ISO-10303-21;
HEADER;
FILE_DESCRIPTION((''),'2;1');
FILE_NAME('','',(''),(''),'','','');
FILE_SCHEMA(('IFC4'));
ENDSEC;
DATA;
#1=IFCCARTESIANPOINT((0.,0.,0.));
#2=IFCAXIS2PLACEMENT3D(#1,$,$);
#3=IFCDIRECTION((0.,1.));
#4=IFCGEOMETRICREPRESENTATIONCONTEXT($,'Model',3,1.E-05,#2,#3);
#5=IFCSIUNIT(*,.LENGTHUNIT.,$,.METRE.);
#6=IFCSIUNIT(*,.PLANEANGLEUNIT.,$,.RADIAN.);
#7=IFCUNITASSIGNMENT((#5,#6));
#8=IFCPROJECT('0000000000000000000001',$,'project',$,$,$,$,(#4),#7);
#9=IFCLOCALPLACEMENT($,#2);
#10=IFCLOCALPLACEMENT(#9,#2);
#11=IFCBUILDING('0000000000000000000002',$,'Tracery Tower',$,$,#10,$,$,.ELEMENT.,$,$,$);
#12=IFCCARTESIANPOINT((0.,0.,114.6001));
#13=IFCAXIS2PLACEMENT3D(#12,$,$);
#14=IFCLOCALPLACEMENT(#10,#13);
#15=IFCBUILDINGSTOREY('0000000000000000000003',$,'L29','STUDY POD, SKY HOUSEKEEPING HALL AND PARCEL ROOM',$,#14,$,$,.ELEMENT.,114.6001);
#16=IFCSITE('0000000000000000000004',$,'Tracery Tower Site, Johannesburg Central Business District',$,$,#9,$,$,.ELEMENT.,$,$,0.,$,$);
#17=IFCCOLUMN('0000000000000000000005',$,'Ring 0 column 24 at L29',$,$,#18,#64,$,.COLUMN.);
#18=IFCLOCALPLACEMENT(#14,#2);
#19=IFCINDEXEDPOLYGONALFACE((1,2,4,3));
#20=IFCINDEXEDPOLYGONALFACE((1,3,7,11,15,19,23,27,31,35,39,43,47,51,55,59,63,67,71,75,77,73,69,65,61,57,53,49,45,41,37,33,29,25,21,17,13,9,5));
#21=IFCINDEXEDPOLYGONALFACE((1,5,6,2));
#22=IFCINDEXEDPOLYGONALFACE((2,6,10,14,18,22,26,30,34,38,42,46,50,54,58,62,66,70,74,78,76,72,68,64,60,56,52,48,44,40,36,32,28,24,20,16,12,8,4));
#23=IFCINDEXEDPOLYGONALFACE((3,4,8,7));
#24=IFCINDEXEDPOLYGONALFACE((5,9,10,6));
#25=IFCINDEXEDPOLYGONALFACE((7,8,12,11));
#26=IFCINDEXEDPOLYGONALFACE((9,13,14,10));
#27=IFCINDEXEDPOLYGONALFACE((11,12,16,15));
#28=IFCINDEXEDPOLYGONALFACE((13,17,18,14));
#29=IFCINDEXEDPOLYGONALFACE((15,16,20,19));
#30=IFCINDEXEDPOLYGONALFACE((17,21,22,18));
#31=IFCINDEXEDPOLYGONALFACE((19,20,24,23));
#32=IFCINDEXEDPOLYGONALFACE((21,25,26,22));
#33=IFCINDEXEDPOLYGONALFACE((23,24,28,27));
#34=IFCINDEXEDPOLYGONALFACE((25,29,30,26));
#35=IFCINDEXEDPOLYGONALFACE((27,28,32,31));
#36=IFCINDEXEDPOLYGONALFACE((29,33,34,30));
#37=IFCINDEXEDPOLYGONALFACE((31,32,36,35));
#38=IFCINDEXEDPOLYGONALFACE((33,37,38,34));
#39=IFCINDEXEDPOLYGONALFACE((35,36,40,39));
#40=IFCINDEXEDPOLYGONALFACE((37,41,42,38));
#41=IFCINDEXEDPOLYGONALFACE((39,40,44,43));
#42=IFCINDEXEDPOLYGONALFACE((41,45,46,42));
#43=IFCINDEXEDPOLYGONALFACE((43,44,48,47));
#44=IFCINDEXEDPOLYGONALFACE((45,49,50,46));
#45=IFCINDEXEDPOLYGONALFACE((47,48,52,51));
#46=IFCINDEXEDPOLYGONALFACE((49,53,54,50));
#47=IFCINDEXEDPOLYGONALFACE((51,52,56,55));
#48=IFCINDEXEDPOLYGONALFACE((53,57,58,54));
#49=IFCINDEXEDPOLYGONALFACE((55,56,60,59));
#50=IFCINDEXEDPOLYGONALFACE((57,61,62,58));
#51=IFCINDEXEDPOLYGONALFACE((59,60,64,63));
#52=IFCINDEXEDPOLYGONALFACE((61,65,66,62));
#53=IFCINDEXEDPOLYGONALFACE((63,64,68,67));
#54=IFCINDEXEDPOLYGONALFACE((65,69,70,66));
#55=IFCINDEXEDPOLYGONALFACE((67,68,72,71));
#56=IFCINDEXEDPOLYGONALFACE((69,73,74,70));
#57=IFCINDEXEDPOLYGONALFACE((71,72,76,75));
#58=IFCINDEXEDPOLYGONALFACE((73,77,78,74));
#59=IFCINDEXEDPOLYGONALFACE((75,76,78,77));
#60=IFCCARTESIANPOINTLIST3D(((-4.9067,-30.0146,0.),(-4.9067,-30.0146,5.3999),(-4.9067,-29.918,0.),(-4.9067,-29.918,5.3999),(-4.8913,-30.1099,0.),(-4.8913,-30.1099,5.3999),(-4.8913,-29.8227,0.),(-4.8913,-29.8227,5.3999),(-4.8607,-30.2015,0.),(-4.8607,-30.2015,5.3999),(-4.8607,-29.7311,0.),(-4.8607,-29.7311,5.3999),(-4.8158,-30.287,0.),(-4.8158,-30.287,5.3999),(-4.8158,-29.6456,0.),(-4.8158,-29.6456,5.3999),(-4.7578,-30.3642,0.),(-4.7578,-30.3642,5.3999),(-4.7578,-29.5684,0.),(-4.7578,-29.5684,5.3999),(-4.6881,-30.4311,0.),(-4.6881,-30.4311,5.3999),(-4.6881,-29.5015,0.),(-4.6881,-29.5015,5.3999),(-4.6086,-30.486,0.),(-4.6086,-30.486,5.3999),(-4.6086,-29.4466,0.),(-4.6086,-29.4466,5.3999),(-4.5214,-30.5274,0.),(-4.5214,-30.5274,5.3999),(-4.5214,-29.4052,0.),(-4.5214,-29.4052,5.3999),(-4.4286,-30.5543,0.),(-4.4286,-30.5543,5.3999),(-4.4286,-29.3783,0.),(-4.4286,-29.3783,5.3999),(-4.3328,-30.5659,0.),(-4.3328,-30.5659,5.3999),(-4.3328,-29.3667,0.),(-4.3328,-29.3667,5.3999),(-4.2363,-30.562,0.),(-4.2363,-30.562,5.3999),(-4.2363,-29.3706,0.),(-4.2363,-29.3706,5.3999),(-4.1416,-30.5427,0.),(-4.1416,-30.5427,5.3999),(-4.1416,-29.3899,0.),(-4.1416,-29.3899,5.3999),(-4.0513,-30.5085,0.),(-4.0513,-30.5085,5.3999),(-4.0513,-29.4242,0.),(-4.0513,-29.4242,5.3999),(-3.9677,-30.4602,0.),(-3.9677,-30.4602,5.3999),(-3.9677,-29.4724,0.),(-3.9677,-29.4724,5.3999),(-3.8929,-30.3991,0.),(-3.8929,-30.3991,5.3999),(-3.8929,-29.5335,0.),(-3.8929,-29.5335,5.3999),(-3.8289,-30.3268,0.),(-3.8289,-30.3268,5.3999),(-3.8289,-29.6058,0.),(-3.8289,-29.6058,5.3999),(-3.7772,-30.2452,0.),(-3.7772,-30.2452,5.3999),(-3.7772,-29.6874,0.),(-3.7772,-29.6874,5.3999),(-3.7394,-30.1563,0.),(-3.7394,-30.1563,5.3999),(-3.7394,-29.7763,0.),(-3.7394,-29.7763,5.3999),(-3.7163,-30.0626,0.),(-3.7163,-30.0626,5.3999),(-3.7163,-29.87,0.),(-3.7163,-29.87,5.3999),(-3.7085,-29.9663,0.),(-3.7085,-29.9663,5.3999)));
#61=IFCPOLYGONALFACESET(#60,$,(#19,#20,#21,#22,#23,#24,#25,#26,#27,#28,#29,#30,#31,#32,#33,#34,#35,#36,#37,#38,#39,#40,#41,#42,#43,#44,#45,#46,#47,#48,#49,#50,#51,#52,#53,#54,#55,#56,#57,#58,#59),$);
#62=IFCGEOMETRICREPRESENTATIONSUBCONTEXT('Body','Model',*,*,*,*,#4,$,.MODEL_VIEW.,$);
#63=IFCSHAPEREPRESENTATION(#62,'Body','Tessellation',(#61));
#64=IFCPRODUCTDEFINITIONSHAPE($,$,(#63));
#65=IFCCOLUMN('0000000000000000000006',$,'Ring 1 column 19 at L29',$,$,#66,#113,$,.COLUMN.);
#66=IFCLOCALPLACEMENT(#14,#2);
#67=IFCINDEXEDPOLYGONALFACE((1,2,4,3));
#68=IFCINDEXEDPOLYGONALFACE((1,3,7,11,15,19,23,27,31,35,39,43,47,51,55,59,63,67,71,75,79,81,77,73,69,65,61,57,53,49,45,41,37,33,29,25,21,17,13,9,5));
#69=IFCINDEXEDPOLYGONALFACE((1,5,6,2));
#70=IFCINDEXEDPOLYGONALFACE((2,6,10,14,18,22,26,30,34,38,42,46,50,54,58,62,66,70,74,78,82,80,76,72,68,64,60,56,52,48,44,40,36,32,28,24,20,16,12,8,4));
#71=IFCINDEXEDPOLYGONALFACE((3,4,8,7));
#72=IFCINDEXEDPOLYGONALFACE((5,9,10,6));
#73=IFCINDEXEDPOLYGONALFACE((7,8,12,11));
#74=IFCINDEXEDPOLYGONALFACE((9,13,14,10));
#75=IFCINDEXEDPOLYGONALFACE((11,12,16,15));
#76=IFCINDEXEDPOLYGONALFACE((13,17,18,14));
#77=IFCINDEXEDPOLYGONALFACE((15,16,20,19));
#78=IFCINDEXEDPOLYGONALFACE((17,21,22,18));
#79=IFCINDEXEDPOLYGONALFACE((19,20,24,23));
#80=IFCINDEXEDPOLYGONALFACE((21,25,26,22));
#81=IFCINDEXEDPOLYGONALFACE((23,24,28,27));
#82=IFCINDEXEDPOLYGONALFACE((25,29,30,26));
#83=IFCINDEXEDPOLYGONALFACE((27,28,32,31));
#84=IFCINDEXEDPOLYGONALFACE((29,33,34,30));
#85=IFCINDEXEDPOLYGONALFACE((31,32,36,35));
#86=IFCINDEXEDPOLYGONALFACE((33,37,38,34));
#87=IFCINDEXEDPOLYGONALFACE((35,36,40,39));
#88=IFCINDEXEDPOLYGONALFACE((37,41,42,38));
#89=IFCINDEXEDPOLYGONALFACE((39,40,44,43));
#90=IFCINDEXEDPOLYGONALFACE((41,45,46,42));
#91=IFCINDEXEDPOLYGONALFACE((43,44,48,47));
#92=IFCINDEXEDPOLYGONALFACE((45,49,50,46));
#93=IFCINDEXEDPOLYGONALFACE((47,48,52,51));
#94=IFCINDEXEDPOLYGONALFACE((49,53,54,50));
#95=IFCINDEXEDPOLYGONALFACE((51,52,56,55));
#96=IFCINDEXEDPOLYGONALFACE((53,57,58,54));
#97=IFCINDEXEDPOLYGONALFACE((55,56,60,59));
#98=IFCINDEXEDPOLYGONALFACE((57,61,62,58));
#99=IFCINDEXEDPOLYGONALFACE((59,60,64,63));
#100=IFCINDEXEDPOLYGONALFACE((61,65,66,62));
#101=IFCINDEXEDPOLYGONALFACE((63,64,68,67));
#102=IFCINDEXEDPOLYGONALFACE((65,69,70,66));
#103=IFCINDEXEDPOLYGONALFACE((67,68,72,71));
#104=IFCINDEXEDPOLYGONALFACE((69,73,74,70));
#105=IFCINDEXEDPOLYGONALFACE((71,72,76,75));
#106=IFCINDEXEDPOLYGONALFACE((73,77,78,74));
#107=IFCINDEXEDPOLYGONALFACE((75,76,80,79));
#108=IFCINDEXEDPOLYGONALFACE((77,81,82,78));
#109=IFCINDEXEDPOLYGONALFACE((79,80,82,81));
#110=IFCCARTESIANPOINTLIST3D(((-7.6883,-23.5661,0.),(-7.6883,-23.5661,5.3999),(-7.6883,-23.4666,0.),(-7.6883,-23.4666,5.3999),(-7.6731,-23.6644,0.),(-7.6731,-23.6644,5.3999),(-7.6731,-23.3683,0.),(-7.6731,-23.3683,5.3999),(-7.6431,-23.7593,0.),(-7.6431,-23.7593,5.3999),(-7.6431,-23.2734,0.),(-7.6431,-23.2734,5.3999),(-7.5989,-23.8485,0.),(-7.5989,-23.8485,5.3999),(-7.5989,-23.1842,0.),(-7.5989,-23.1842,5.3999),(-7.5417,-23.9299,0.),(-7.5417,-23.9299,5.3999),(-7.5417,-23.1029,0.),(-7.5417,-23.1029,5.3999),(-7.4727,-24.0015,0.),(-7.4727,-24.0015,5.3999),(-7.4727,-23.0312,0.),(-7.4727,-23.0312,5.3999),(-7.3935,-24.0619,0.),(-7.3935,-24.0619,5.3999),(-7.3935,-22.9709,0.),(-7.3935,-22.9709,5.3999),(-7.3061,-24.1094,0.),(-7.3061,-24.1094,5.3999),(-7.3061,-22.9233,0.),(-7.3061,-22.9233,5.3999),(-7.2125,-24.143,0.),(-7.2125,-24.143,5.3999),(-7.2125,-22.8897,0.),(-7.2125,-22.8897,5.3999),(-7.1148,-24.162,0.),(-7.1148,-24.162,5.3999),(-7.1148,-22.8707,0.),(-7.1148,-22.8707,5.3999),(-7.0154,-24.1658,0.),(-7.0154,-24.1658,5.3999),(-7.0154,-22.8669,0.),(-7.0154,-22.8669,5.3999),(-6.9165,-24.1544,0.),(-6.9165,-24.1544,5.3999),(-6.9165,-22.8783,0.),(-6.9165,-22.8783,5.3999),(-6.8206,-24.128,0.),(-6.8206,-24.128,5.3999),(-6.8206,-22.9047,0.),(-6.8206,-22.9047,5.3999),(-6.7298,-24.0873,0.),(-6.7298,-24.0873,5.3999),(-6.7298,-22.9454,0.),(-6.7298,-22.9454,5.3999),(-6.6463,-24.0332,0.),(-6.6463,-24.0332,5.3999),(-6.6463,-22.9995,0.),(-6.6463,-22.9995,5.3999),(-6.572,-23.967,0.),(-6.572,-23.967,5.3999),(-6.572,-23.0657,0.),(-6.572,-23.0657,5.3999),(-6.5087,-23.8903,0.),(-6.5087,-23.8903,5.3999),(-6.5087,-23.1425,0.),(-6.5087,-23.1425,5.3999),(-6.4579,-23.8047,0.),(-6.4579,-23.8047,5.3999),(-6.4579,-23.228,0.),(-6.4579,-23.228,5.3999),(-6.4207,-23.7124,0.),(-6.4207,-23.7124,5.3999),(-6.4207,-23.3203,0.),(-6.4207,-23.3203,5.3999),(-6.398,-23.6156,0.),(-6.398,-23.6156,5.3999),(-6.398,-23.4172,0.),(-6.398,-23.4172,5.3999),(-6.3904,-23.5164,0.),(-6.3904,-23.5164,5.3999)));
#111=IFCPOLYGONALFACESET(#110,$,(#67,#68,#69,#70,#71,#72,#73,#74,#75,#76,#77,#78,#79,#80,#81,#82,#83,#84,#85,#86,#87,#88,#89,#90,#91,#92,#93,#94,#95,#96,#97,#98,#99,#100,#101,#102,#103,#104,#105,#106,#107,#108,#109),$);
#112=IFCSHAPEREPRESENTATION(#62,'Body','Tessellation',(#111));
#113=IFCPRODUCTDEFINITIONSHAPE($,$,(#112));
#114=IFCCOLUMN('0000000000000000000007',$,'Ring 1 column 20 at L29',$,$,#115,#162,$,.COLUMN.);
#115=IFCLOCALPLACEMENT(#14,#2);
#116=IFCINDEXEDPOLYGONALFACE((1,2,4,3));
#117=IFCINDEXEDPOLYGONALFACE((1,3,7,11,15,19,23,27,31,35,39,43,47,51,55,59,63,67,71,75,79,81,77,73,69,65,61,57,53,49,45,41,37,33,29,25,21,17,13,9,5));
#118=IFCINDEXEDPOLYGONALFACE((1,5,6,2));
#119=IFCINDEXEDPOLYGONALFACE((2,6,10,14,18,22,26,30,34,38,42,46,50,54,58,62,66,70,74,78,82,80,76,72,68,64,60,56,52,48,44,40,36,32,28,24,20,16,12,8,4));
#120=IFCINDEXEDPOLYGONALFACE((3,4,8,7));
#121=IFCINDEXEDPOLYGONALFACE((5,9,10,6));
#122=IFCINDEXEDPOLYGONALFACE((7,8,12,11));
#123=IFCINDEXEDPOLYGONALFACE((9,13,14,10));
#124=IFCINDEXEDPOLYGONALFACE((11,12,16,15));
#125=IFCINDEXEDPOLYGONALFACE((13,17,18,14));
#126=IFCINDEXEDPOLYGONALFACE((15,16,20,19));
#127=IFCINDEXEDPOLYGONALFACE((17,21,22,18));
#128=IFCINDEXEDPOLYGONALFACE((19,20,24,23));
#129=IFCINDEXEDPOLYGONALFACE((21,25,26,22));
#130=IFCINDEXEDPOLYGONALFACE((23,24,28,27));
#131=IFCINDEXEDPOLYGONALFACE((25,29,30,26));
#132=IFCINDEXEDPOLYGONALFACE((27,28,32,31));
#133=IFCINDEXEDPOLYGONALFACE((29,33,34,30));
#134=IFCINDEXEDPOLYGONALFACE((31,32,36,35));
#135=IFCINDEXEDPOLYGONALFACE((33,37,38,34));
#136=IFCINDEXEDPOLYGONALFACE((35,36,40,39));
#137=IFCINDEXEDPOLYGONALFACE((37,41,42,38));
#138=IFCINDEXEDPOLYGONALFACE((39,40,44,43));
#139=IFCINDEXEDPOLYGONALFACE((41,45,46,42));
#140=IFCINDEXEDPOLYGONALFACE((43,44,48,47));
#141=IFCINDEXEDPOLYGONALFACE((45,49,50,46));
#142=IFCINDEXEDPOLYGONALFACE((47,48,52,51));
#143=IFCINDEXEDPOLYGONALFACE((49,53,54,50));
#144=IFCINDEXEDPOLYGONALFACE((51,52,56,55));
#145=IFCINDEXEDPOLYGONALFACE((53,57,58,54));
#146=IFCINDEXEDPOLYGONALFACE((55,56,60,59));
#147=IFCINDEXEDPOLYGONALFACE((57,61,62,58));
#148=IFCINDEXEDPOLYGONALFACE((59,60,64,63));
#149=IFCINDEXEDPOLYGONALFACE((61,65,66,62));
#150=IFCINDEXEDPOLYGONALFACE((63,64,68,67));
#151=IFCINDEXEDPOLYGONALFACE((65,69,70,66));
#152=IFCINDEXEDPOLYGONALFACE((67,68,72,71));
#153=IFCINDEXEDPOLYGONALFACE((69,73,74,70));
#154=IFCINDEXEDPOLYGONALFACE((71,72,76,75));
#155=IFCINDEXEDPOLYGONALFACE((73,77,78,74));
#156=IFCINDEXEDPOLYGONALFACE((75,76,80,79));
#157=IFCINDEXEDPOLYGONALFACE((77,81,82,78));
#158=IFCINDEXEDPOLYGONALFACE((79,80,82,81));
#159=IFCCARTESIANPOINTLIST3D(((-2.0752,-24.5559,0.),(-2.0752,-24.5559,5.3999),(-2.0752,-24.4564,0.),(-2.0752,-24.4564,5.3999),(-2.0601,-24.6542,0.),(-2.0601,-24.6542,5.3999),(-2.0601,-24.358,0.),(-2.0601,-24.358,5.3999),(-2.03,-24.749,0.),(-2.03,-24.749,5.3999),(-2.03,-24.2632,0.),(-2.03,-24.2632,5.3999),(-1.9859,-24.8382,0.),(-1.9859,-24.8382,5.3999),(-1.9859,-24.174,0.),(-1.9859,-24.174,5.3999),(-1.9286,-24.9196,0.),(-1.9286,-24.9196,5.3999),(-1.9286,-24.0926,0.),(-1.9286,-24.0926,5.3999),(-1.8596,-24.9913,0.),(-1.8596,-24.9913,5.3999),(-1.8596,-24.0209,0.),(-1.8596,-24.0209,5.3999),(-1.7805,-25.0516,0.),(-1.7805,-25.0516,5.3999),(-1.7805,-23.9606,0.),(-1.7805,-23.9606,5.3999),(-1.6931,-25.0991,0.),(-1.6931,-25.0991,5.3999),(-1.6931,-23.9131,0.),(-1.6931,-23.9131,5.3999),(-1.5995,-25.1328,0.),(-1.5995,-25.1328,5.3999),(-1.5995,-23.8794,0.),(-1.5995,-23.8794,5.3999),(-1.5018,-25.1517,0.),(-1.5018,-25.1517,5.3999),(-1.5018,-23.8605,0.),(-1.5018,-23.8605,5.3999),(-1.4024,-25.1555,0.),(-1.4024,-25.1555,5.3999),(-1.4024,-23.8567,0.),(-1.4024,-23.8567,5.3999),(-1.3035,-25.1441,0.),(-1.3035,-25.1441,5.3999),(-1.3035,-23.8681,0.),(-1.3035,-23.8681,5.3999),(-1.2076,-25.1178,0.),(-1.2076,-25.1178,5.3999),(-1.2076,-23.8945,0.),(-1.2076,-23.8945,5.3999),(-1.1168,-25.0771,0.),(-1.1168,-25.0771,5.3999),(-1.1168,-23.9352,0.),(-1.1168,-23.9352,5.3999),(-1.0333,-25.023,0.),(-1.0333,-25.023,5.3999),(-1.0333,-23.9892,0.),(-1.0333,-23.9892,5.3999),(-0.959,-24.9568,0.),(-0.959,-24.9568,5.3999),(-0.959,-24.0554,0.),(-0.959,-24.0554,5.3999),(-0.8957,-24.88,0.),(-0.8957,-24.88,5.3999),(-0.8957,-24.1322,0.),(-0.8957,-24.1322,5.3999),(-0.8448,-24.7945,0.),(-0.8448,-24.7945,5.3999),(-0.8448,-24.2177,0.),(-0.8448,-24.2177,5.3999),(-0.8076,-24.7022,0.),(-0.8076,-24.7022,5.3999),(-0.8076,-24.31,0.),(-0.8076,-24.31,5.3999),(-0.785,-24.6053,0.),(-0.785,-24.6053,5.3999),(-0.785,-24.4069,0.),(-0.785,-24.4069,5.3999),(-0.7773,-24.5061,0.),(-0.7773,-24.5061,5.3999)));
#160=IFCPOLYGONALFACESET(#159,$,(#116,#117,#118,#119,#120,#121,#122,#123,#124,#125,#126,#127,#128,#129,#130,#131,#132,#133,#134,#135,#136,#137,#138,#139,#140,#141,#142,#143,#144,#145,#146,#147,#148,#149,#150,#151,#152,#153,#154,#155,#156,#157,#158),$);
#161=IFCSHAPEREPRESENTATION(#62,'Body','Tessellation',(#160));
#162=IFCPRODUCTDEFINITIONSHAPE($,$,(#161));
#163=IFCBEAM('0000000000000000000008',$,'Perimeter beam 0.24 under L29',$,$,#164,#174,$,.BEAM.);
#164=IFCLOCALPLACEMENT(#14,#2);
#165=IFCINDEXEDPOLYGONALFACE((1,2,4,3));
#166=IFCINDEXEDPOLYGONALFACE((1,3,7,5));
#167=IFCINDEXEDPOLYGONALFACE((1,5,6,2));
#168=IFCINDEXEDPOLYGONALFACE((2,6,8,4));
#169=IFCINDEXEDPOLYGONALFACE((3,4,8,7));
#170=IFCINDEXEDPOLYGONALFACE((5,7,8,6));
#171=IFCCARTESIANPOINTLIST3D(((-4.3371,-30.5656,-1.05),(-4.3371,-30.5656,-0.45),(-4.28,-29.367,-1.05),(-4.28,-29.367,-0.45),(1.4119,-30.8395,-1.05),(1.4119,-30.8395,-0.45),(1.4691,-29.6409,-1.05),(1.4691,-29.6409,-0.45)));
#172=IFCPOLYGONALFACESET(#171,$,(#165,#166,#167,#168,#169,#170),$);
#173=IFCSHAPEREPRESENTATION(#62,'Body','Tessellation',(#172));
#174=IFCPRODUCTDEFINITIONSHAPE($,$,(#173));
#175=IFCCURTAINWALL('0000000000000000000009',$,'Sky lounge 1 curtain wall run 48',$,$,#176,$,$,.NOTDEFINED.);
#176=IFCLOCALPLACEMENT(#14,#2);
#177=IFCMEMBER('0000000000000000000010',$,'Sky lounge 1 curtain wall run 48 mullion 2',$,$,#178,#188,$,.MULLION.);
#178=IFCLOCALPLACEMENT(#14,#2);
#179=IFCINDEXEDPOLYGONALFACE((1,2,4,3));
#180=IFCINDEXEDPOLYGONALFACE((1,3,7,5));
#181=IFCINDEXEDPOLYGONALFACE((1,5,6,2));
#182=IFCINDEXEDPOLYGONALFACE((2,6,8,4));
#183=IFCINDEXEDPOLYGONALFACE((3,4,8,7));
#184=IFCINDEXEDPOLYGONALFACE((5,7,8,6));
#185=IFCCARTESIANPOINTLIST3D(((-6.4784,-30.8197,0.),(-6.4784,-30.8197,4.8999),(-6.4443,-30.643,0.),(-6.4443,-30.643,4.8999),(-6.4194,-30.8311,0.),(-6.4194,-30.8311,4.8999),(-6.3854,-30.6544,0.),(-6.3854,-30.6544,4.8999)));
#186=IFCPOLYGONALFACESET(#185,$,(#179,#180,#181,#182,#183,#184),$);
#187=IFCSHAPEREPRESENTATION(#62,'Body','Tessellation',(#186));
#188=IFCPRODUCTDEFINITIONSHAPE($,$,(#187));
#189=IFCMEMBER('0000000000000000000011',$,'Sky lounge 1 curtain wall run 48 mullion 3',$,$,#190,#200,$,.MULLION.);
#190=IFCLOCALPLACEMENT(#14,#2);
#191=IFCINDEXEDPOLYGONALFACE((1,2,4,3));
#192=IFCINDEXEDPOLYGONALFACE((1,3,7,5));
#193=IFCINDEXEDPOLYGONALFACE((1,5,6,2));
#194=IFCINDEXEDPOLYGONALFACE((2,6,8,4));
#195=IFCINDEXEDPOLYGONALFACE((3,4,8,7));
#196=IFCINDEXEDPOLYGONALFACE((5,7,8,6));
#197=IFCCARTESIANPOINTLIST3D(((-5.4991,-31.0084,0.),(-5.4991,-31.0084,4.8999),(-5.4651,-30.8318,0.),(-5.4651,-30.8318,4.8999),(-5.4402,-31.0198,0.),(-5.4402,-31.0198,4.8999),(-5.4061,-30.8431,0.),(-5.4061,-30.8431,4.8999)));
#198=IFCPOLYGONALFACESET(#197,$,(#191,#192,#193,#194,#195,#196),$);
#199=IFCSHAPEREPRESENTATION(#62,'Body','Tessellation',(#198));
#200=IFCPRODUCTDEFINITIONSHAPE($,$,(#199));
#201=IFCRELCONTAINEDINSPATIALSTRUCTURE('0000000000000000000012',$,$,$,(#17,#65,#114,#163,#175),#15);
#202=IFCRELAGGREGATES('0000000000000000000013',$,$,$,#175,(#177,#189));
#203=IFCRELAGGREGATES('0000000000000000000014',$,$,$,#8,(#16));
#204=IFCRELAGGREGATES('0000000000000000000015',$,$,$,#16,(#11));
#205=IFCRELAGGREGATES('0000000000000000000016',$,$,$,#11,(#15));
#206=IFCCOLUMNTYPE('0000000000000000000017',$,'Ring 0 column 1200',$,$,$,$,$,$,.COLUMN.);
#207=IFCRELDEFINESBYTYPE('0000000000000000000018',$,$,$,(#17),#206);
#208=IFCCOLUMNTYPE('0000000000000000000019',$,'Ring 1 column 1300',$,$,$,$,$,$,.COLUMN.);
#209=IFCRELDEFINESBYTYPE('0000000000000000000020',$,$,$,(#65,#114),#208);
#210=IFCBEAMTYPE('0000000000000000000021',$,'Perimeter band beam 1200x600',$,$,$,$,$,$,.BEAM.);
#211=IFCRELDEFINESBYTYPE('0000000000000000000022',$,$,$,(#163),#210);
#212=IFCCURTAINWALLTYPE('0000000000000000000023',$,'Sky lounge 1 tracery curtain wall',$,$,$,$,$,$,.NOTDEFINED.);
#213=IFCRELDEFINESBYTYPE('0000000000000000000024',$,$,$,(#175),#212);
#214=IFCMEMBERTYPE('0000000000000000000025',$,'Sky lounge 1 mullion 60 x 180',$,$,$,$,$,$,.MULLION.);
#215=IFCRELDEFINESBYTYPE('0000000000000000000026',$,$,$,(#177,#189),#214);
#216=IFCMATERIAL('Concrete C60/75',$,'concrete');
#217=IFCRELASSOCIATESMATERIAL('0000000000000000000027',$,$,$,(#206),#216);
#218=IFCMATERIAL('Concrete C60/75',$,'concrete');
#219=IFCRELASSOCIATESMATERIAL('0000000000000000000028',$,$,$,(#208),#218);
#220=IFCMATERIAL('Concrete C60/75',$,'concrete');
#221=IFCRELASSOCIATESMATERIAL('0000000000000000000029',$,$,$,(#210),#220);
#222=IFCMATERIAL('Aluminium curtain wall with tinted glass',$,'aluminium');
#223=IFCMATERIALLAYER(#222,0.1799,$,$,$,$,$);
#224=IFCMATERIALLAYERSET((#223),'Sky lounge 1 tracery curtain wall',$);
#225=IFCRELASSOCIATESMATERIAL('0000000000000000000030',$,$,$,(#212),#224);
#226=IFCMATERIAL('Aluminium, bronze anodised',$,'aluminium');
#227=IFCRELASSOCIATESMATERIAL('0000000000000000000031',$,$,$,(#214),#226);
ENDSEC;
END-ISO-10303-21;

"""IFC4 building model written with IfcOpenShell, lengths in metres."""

from ifc_helpers import new_model, si_unit, direction, frame, origin, origin_2d, place, context, subcontext, project, spatial, rectangle, circle, extrude, material, layer, layer_set, material_profile, profile_set, type_object, element, aggregate, save


model = new_model("IFC4")

# Units and contexts
model_context = context("Model", 3, precision=1e-05, world=origin(), true_north=direction((0.0, 1.0)))
body_context = subcontext(model_context, "Body", "Model", "MODEL_VIEW")
ifc_project = project(units=[si_unit("LENGTHUNIT", "METRE"), si_unit("PLANEANGLEUNIT", "RADIAN")], contexts=[model_context])

# Site, building, storey
site_placement = place(None, origin())
site = spatial("IfcSite", under=ifc_project, at=site_placement, Name="Tracery Tower Site, Johannesburg Central Business District", CompositionType="ELEMENT", RefElevation=0.0)
building_placement = place(site_placement, origin())
building = spatial("IfcBuilding", under=site, at=building_placement, Name="Tracery Tower", CompositionType="ELEMENT")
storey_placement = place(building_placement, frame((0.0, 0.0, 114.6001)))
storey = spatial("IfcBuildingStorey", under=building, at=storey_placement, Name="L29", Description="STUDY POD, SKY HOUSEKEEPING HALL AND PARCEL ROOM", CompositionType="ELEMENT", Elevation=114.6001)

# Columns
ifc_material_1 = material(Name="Concrete C60/75", Category="concrete")
ifc_material_profile_1 = material_profile(ifc_material_1, circle(Radius=0.6001, at=origin_2d()), Name="RC D1200")
ifc_profile_set_1 = profile_set([ifc_material_profile_1], Name="Concrete C60/75")
column_type_1 = type_object("IfcColumnType", Name="Ring 0 column 1200", PredefinedType="COLUMN", material=ifc_profile_set_1)
column_placement = place(storey_placement, frame((-4.3086, -29.9663, 0.0), z_axis=(0.0, 0.0, 1.0), x_axis=(1.0, 0.0, 0.0)))
element("IfcColumn", 1, at=column_placement, inside=storey, type_object=column_type_1, Name="Ring 0 column 24 at L29", PredefinedType="COLUMN", context=body_context, shape_type="SweptSolid", body=[
    extrude(circle(Radius=0.6001, at=origin_2d()), origin(), (0.0, 0.0, 1.0), 5.3999),
])
ifc_material_2 = material(Name="Concrete C60/75", Category="concrete")
ifc_material_profile_2 = material_profile(ifc_material_2, circle(Radius=0.6499, at=origin_2d()), Name="RC D1300")
ifc_profile_set_2 = profile_set([ifc_material_profile_2], Name="Concrete C60/75")
column_type_2 = type_object("IfcColumnType", Name="Ring 1 column 1300", PredefinedType="COLUMN", material=ifc_profile_set_2)
for number, where, z_axis, x_axis, name in (
    (2, (-7.0403, -23.5164, 0.0), (0.0, 0.0, 1.0), (1.0, 0.0, 0.0), "Ring 1 column 19 at L29"),
    (3, (-1.4272, -24.5061, 0.0), (0.0, 0.0, 1.0), (1.0, 0.0, 0.0), "Ring 1 column 20 at L29"),
):
    element("IfcColumn", number, at=place(storey_placement, frame(where, z_axis=z_axis, x_axis=x_axis)), inside=storey, type_object=column_type_2, Name=name, PredefinedType="COLUMN", context=body_context, shape_type="SweptSolid", body=[
        extrude(circle(Radius=0.6499, at=origin_2d()), origin(), (0.0, 0.0, 1.0), 5.3999),
    ])

# Beam
ifc_material_3 = material(Name="Concrete C60/75", Category="concrete")
ifc_material_profile_3 = material_profile(ifc_material_3, rectangle(XDim=1.2, YDim=0.6001, at=origin_2d()), Name="RC 1200x600")
ifc_profile_set_3 = profile_set([ifc_material_profile_3], Name="Concrete C60/75")
beam_type = type_object("IfcBeamType", Name="Perimeter band beam 1200x600", PredefinedType="BEAM", material=ifc_profile_set_3)
beam_placement = place(storey_placement, frame((-4.3086, -29.9663, -0.75), z_axis=(0.998867, -0.047593, 0.0), x_axis=(0.047593, 0.998867, 0.0)))
element("IfcBeam", 4, at=beam_placement, inside=storey, type_object=beam_type, Name="Perimeter beam 0.24 under L29", PredefinedType="BEAM", context=body_context, shape_type="SweptSolid", body=[
    extrude(rectangle(XDim=1.2, YDim=0.6001, at=origin_2d()), origin(), (0.0, 0.0, 1.0), 5.7556),
])

# Curtain wall, members
ifc_material_4 = material(Name="Aluminium curtain wall with tinted glass", Category="aluminium")
ifc_layer_1 = layer(ifc_material_4, 0.1799)
ifc_layer_set_1 = layer_set([ifc_layer_1], Name="Sky lounge 1 tracery curtain wall")
curtain_wall_type = type_object("IfcCurtainWallType", Name="Sky lounge 1 tracery curtain wall", PredefinedType="NOTDEFINED", material=ifc_layer_set_1)
curtain_wall_1_placement = place(storey_placement, origin())
curtain_wall_1 = element("IfcCurtainWall", 5, at=curtain_wall_1_placement, inside=storey, type_object=curtain_wall_type, Name="Sky lounge 1 curtain wall run 48", PredefinedType="NOTDEFINED")
ifc_material_5 = material(Name="Aluminium, bronze anodised", Category="aluminium")
ifc_material_profile_4 = material_profile(ifc_material_5, rectangle(XDim=0.1799, YDim=0.0601, at=origin_2d()), Name="AL 60x180")
ifc_profile_set_4 = profile_set([ifc_material_profile_4], Name="Aluminium, bronze anodised")
member_type_1 = type_object("IfcMemberType", Name="Sky lounge 1 mullion 60 x 180", PredefinedType="MULLION", material=ifc_profile_set_4)
member_1_placement = place(storey_placement, frame((-6.4319, -30.7371, 0.0), z_axis=(0.0, 0.0, 1.0), x_axis=(0.189251, 0.981929, 0.0)))
member_1 = element("IfcMember", 6, at=member_1_placement, type_object=member_type_1, Name="Sky lounge 1 curtain wall run 48 mullion 2", PredefinedType="MULLION", context=body_context, shape_type="SweptSolid", body=[
    extrude(rectangle(XDim=0.1799, YDim=0.0601, at=origin_2d()), origin(), (0.0, 0.0, 1.0), 4.8999),
])
member_2_placement = place(storey_placement, frame((-5.4526, -30.9258, 0.0), z_axis=(0.0, 0.0, 1.0), x_axis=(0.189251, 0.981929, 0.0)))
member_2 = element("IfcMember", 7, at=member_2_placement, type_object=member_type_1, Name="Sky lounge 1 curtain wall run 48 mullion 3", PredefinedType="MULLION", context=body_context, shape_type="SweptSolid", body=[
    extrude(rectangle(XDim=0.1799, YDim=0.0601, at=origin_2d()), origin(), (0.0, 0.0, 1.0), 4.8999),
])

aggregate(curtain_wall_1, [member_1, member_2])

save(model, "model.ifc")
